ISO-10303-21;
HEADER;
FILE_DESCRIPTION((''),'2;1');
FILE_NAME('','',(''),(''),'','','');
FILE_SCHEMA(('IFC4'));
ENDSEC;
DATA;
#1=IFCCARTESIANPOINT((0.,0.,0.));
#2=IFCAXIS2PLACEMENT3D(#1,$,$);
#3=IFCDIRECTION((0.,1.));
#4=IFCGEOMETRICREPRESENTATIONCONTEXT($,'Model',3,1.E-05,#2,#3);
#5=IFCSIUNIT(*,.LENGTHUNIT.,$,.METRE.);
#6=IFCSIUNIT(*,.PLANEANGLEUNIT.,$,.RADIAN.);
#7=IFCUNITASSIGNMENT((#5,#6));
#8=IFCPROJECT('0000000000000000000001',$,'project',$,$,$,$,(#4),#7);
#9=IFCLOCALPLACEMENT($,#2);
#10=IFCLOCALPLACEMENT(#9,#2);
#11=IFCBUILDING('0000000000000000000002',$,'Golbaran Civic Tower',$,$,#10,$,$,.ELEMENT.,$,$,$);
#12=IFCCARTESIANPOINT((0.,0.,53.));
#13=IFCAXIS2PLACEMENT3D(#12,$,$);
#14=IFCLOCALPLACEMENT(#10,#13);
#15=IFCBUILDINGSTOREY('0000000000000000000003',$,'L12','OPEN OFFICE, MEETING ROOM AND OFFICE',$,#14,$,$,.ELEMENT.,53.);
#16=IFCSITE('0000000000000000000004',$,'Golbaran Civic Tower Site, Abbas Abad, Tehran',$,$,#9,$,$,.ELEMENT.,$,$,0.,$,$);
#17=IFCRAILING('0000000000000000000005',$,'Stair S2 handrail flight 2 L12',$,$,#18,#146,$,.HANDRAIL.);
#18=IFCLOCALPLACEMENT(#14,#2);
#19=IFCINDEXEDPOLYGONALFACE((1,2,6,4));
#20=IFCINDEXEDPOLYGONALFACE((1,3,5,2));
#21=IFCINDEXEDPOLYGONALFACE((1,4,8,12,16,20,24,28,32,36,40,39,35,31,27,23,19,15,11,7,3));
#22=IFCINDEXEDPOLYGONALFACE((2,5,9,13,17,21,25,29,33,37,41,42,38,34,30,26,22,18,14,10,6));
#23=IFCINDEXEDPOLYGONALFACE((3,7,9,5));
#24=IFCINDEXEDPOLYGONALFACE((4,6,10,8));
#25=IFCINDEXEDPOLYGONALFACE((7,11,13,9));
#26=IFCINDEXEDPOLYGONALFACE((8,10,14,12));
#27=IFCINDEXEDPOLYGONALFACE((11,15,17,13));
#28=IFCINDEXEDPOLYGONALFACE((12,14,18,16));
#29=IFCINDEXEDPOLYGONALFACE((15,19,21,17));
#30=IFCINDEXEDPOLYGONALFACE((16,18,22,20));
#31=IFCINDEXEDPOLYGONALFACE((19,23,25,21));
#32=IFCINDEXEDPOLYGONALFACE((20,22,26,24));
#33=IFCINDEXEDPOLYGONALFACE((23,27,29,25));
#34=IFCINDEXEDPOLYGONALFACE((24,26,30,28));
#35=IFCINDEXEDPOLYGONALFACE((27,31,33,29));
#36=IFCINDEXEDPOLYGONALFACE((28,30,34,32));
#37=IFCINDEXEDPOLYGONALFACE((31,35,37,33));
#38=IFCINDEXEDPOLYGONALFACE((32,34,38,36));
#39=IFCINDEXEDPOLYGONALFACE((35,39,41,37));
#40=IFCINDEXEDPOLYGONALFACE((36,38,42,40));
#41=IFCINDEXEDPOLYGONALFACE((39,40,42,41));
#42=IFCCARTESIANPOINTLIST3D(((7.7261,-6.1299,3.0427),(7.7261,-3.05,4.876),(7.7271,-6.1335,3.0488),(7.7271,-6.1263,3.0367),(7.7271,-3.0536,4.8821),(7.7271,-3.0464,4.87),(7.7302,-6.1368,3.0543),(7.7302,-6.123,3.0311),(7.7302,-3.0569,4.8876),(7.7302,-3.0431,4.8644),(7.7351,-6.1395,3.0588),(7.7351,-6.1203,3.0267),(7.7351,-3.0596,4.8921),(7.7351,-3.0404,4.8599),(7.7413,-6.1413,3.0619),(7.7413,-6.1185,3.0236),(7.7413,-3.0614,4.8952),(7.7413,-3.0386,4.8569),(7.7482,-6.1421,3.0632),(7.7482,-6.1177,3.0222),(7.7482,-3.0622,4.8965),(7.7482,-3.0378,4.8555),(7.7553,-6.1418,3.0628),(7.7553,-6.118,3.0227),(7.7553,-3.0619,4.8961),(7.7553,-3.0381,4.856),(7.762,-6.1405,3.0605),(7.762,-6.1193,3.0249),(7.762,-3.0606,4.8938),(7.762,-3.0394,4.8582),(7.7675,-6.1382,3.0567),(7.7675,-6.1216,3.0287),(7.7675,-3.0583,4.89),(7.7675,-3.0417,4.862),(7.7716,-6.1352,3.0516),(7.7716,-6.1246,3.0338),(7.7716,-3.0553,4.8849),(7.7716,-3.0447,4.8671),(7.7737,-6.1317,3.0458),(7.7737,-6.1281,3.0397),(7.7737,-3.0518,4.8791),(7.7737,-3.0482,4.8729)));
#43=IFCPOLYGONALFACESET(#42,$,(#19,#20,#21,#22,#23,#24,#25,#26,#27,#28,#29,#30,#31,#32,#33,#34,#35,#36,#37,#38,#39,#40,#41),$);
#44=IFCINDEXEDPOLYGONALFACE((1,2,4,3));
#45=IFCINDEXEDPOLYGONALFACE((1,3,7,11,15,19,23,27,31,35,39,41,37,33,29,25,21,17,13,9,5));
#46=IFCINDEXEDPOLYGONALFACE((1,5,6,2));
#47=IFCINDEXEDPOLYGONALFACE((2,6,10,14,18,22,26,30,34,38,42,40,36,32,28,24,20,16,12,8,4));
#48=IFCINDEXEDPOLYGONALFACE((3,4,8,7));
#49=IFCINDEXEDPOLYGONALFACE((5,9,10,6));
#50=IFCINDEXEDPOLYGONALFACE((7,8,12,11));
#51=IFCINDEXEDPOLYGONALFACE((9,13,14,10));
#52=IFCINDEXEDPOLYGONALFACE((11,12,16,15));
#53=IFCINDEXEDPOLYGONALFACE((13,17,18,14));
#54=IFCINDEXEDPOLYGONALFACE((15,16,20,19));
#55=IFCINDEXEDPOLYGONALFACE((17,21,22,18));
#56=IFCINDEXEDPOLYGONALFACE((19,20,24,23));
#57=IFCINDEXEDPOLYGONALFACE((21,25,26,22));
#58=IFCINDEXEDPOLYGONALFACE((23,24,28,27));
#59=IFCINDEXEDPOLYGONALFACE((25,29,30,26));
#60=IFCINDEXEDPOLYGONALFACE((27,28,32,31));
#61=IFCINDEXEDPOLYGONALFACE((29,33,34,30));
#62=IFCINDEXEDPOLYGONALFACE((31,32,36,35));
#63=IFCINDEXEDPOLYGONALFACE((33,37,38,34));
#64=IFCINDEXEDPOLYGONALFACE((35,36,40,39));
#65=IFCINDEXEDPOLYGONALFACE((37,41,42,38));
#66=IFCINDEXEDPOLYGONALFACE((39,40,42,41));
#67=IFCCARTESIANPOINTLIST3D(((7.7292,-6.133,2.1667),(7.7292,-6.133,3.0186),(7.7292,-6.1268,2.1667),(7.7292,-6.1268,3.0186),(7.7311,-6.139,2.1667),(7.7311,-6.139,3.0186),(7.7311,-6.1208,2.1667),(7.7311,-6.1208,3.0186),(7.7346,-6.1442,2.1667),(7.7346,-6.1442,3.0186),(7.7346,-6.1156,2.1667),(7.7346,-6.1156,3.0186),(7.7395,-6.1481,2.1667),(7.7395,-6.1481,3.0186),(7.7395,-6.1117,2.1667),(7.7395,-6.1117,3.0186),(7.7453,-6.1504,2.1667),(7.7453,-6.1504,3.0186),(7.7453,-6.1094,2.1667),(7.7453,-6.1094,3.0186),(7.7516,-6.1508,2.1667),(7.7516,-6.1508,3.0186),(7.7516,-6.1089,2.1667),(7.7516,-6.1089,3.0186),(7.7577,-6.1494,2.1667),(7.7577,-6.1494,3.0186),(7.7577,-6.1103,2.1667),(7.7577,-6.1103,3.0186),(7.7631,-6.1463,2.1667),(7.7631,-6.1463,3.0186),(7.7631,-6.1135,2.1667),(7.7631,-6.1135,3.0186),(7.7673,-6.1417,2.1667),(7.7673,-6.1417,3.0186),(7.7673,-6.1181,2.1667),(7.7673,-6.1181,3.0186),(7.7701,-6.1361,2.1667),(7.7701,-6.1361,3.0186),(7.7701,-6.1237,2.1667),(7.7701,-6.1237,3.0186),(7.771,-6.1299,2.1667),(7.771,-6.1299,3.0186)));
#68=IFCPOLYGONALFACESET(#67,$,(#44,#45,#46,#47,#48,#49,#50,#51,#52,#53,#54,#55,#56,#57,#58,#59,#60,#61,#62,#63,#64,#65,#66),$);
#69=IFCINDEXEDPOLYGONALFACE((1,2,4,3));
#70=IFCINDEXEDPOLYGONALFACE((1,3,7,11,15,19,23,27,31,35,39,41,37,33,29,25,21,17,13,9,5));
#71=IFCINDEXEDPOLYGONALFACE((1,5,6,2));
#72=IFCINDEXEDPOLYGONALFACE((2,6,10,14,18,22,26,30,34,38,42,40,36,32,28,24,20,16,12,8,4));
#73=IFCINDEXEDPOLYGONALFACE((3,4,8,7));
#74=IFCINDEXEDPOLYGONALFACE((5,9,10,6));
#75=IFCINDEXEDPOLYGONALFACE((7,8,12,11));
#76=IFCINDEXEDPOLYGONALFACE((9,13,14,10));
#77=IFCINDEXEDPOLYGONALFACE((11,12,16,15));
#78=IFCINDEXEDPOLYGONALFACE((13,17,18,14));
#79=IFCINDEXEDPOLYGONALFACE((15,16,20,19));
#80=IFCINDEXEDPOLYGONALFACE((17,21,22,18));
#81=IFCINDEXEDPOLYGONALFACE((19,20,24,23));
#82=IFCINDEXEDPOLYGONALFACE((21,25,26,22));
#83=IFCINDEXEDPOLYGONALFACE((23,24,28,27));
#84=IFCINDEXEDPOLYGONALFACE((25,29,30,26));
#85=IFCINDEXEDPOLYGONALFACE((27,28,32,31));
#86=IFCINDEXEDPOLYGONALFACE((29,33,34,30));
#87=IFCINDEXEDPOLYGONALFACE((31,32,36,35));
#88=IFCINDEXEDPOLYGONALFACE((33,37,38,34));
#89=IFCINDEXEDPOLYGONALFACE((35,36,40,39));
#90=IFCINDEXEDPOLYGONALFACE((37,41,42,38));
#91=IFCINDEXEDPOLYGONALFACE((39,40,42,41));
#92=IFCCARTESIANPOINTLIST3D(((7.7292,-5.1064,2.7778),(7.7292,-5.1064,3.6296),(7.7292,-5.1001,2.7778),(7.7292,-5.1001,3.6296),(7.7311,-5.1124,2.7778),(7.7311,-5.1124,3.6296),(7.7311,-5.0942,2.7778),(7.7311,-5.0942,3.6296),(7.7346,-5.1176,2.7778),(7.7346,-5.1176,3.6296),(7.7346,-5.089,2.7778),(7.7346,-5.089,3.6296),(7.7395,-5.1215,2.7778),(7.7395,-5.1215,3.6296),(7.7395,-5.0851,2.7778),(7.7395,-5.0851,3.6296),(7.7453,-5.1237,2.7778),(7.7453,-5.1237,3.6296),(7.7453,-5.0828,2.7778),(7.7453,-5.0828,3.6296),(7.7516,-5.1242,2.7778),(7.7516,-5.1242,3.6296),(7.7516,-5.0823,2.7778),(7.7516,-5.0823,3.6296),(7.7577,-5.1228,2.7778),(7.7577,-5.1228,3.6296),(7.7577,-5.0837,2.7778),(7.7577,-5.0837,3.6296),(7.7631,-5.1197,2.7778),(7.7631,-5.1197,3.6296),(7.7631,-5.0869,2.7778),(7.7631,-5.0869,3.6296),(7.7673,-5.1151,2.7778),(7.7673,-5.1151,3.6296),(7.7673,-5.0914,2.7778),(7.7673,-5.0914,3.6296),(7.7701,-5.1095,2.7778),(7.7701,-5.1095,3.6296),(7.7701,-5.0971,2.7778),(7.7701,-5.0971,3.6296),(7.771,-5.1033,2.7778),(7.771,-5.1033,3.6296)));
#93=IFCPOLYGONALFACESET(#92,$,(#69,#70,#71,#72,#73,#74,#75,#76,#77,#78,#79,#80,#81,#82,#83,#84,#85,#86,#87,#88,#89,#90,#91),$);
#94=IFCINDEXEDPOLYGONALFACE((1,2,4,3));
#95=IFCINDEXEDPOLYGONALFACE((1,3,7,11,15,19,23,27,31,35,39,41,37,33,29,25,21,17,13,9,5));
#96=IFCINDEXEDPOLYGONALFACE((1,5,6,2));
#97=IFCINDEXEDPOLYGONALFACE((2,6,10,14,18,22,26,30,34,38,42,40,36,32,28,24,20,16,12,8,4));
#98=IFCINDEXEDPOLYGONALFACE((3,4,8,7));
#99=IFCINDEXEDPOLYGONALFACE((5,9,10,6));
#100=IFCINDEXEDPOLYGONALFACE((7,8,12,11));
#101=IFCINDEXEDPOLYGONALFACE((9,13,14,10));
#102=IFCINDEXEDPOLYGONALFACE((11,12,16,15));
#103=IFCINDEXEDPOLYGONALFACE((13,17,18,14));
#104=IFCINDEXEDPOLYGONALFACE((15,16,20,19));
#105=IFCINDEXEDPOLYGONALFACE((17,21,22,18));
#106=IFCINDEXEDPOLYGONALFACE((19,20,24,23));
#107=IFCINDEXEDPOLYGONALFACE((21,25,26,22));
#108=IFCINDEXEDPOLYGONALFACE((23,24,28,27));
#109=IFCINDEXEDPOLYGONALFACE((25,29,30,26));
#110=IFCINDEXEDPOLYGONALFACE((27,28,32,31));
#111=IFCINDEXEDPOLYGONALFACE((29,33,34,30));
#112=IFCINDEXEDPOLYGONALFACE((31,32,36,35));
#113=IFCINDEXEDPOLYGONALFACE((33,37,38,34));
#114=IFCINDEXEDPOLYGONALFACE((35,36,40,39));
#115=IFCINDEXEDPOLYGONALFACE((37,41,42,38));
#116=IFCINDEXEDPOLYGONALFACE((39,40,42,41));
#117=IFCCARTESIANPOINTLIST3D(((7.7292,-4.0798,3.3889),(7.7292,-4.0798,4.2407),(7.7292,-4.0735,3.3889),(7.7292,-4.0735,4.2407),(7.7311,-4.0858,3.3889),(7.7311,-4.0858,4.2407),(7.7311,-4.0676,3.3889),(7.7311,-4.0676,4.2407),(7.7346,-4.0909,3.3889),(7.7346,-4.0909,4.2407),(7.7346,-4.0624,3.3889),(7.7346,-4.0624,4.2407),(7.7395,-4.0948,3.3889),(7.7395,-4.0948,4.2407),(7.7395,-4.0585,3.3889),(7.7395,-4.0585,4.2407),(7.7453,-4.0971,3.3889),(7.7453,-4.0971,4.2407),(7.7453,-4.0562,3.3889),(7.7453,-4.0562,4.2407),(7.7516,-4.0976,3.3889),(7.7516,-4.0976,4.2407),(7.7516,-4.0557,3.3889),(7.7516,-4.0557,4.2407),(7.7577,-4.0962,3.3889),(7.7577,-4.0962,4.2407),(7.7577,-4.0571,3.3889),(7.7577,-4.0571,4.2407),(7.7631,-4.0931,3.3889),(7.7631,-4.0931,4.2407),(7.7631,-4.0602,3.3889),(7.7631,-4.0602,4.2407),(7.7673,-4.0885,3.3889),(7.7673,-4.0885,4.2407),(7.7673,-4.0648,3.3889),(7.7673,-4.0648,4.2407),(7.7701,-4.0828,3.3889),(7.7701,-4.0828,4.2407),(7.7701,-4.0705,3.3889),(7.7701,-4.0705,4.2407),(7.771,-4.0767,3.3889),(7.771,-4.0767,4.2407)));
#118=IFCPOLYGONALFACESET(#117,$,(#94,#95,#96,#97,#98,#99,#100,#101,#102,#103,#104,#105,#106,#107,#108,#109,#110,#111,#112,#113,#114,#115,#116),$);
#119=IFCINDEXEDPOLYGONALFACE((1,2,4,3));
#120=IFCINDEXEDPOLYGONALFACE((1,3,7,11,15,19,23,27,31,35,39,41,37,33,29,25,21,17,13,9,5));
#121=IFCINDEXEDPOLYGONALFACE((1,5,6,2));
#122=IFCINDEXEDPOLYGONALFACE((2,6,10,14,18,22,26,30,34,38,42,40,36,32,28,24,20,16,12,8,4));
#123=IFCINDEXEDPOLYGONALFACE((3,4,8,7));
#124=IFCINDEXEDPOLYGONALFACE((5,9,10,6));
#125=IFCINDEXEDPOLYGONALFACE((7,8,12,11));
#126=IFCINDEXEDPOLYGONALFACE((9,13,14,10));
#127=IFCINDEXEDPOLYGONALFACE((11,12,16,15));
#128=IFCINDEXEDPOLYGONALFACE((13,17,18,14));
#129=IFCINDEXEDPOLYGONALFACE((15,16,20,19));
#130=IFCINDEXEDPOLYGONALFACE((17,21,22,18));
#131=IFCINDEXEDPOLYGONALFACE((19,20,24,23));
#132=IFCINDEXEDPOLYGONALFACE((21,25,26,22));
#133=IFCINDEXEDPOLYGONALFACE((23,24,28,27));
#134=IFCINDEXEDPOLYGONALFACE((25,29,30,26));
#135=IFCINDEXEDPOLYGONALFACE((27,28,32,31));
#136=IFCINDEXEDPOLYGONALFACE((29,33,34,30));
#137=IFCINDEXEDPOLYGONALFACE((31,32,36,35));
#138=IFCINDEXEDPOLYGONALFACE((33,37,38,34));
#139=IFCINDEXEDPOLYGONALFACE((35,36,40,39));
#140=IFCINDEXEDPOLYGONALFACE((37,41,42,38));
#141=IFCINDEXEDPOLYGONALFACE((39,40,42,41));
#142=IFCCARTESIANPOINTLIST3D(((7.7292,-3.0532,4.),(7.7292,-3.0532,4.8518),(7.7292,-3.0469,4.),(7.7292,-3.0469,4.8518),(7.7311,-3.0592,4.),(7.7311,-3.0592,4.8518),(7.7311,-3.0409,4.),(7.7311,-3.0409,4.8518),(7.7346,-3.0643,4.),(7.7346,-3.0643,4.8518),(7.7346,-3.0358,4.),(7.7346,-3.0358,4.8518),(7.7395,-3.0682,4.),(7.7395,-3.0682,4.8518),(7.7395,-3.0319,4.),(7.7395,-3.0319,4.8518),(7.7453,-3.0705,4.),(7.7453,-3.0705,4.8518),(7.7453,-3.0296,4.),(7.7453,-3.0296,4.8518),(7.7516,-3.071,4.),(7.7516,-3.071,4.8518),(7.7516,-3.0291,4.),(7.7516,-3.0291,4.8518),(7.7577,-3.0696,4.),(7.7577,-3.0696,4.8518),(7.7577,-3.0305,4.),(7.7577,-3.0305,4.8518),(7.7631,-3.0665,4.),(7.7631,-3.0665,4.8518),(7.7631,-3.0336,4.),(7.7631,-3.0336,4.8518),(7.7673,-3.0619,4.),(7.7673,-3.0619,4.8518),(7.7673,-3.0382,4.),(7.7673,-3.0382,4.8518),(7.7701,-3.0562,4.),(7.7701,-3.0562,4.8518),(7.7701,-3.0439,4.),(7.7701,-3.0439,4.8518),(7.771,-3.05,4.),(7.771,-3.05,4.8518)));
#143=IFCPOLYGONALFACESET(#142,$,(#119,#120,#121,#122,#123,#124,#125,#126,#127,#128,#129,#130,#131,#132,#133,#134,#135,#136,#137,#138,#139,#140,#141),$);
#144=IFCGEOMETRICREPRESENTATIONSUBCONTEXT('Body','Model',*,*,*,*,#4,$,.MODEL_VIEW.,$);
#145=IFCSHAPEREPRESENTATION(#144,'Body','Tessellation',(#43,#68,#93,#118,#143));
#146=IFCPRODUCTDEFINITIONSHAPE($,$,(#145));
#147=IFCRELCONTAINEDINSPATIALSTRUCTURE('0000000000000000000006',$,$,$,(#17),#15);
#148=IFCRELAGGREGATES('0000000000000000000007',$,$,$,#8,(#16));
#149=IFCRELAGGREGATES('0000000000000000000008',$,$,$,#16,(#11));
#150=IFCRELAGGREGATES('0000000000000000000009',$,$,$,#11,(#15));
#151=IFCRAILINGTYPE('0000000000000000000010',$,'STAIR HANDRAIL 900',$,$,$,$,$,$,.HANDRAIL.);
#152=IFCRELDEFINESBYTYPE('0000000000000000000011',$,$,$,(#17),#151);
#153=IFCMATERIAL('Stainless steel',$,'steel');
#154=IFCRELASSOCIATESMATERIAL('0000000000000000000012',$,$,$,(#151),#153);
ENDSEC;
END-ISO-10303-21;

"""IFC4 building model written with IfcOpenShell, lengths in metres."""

from ifc_helpers import new_model, si_unit, direction, frame, origin, origin_2d, place, context, subcontext, project, spatial, circle, extrude, material, type_object, element, save


model = new_model("IFC4")

# Units and contexts
model_context = context("Model", 3, precision=1e-05, world=origin(), true_north=direction((0.0, 1.0)))
body_context = subcontext(model_context, "Body", "Model", "MODEL_VIEW")
ifc_project = project(units=[si_unit("LENGTHUNIT", "METRE"), si_unit("PLANEANGLEUNIT", "RADIAN")], contexts=[model_context])

# Site, building, storey
site_placement = place(None, origin())
site = spatial("IfcSite", under=ifc_project, at=site_placement, Name="Golbaran Civic Tower Site, Abbas Abad, Tehran", CompositionType="ELEMENT", RefElevation=0.0)
building_placement = place(site_placement, origin())
building = spatial("IfcBuilding", under=site, at=building_placement, Name="Golbaran Civic Tower", CompositionType="ELEMENT")
storey_placement = place(building_placement, frame((0.0, 0.0, 53.0)))
storey = spatial("IfcBuildingStorey", under=building, at=storey_placement, Name="L12", Description="OPEN OFFICE, MEETING ROOM AND OFFICE", CompositionType="ELEMENT", Elevation=53.0)

# Shared definitions
ifc_material_1 = material(Name="Stainless steel", Category="steel")

# Railing
railing_type = type_object("IfcRailingType", Name="STAIR HANDRAIL 900", PredefinedType="HANDRAIL", material=ifc_material_1)
railing_1_placement = place(storey_placement, frame((7.75, -6.1299, 2.1667)))
element("IfcRailing", 1, at=railing_1_placement, inside=storey, type_object=railing_type, Name="Stair S2 handrail flight 2 L12", PredefinedType="HANDRAIL", context=body_context, shape_type="SweptSolid", body=[
    extrude(circle(Radius=0.0239, at=origin_2d()), frame((0.0, 0.0, 0.876), z_axis=(0.0, 0.859291, 0.511487), x_axis=(-1.0, 0.0, 0.0)), (0.0, 0.0, 1.0), 3.5842),
    extrude(circle(Radius=0.021, at=origin_2d()), origin(), (0.0, 0.0, 1.0), 0.8518),
    extrude(circle(Radius=0.021, at=origin_2d()), frame((0.0, 1.0266, 0.6111)), (0.0, 0.0, 1.0), 0.8518),
    extrude(circle(Radius=0.021, at=origin_2d()), frame((0.0, 2.0532, 1.2222)), (0.0, 0.0, 1.0), 0.8518),
    extrude(circle(Radius=0.021, at=origin_2d()), frame((0.0, 3.0798, 1.8333)), (0.0, 0.0, 1.0), 0.8518),
])

save(model, "model.ifc")
